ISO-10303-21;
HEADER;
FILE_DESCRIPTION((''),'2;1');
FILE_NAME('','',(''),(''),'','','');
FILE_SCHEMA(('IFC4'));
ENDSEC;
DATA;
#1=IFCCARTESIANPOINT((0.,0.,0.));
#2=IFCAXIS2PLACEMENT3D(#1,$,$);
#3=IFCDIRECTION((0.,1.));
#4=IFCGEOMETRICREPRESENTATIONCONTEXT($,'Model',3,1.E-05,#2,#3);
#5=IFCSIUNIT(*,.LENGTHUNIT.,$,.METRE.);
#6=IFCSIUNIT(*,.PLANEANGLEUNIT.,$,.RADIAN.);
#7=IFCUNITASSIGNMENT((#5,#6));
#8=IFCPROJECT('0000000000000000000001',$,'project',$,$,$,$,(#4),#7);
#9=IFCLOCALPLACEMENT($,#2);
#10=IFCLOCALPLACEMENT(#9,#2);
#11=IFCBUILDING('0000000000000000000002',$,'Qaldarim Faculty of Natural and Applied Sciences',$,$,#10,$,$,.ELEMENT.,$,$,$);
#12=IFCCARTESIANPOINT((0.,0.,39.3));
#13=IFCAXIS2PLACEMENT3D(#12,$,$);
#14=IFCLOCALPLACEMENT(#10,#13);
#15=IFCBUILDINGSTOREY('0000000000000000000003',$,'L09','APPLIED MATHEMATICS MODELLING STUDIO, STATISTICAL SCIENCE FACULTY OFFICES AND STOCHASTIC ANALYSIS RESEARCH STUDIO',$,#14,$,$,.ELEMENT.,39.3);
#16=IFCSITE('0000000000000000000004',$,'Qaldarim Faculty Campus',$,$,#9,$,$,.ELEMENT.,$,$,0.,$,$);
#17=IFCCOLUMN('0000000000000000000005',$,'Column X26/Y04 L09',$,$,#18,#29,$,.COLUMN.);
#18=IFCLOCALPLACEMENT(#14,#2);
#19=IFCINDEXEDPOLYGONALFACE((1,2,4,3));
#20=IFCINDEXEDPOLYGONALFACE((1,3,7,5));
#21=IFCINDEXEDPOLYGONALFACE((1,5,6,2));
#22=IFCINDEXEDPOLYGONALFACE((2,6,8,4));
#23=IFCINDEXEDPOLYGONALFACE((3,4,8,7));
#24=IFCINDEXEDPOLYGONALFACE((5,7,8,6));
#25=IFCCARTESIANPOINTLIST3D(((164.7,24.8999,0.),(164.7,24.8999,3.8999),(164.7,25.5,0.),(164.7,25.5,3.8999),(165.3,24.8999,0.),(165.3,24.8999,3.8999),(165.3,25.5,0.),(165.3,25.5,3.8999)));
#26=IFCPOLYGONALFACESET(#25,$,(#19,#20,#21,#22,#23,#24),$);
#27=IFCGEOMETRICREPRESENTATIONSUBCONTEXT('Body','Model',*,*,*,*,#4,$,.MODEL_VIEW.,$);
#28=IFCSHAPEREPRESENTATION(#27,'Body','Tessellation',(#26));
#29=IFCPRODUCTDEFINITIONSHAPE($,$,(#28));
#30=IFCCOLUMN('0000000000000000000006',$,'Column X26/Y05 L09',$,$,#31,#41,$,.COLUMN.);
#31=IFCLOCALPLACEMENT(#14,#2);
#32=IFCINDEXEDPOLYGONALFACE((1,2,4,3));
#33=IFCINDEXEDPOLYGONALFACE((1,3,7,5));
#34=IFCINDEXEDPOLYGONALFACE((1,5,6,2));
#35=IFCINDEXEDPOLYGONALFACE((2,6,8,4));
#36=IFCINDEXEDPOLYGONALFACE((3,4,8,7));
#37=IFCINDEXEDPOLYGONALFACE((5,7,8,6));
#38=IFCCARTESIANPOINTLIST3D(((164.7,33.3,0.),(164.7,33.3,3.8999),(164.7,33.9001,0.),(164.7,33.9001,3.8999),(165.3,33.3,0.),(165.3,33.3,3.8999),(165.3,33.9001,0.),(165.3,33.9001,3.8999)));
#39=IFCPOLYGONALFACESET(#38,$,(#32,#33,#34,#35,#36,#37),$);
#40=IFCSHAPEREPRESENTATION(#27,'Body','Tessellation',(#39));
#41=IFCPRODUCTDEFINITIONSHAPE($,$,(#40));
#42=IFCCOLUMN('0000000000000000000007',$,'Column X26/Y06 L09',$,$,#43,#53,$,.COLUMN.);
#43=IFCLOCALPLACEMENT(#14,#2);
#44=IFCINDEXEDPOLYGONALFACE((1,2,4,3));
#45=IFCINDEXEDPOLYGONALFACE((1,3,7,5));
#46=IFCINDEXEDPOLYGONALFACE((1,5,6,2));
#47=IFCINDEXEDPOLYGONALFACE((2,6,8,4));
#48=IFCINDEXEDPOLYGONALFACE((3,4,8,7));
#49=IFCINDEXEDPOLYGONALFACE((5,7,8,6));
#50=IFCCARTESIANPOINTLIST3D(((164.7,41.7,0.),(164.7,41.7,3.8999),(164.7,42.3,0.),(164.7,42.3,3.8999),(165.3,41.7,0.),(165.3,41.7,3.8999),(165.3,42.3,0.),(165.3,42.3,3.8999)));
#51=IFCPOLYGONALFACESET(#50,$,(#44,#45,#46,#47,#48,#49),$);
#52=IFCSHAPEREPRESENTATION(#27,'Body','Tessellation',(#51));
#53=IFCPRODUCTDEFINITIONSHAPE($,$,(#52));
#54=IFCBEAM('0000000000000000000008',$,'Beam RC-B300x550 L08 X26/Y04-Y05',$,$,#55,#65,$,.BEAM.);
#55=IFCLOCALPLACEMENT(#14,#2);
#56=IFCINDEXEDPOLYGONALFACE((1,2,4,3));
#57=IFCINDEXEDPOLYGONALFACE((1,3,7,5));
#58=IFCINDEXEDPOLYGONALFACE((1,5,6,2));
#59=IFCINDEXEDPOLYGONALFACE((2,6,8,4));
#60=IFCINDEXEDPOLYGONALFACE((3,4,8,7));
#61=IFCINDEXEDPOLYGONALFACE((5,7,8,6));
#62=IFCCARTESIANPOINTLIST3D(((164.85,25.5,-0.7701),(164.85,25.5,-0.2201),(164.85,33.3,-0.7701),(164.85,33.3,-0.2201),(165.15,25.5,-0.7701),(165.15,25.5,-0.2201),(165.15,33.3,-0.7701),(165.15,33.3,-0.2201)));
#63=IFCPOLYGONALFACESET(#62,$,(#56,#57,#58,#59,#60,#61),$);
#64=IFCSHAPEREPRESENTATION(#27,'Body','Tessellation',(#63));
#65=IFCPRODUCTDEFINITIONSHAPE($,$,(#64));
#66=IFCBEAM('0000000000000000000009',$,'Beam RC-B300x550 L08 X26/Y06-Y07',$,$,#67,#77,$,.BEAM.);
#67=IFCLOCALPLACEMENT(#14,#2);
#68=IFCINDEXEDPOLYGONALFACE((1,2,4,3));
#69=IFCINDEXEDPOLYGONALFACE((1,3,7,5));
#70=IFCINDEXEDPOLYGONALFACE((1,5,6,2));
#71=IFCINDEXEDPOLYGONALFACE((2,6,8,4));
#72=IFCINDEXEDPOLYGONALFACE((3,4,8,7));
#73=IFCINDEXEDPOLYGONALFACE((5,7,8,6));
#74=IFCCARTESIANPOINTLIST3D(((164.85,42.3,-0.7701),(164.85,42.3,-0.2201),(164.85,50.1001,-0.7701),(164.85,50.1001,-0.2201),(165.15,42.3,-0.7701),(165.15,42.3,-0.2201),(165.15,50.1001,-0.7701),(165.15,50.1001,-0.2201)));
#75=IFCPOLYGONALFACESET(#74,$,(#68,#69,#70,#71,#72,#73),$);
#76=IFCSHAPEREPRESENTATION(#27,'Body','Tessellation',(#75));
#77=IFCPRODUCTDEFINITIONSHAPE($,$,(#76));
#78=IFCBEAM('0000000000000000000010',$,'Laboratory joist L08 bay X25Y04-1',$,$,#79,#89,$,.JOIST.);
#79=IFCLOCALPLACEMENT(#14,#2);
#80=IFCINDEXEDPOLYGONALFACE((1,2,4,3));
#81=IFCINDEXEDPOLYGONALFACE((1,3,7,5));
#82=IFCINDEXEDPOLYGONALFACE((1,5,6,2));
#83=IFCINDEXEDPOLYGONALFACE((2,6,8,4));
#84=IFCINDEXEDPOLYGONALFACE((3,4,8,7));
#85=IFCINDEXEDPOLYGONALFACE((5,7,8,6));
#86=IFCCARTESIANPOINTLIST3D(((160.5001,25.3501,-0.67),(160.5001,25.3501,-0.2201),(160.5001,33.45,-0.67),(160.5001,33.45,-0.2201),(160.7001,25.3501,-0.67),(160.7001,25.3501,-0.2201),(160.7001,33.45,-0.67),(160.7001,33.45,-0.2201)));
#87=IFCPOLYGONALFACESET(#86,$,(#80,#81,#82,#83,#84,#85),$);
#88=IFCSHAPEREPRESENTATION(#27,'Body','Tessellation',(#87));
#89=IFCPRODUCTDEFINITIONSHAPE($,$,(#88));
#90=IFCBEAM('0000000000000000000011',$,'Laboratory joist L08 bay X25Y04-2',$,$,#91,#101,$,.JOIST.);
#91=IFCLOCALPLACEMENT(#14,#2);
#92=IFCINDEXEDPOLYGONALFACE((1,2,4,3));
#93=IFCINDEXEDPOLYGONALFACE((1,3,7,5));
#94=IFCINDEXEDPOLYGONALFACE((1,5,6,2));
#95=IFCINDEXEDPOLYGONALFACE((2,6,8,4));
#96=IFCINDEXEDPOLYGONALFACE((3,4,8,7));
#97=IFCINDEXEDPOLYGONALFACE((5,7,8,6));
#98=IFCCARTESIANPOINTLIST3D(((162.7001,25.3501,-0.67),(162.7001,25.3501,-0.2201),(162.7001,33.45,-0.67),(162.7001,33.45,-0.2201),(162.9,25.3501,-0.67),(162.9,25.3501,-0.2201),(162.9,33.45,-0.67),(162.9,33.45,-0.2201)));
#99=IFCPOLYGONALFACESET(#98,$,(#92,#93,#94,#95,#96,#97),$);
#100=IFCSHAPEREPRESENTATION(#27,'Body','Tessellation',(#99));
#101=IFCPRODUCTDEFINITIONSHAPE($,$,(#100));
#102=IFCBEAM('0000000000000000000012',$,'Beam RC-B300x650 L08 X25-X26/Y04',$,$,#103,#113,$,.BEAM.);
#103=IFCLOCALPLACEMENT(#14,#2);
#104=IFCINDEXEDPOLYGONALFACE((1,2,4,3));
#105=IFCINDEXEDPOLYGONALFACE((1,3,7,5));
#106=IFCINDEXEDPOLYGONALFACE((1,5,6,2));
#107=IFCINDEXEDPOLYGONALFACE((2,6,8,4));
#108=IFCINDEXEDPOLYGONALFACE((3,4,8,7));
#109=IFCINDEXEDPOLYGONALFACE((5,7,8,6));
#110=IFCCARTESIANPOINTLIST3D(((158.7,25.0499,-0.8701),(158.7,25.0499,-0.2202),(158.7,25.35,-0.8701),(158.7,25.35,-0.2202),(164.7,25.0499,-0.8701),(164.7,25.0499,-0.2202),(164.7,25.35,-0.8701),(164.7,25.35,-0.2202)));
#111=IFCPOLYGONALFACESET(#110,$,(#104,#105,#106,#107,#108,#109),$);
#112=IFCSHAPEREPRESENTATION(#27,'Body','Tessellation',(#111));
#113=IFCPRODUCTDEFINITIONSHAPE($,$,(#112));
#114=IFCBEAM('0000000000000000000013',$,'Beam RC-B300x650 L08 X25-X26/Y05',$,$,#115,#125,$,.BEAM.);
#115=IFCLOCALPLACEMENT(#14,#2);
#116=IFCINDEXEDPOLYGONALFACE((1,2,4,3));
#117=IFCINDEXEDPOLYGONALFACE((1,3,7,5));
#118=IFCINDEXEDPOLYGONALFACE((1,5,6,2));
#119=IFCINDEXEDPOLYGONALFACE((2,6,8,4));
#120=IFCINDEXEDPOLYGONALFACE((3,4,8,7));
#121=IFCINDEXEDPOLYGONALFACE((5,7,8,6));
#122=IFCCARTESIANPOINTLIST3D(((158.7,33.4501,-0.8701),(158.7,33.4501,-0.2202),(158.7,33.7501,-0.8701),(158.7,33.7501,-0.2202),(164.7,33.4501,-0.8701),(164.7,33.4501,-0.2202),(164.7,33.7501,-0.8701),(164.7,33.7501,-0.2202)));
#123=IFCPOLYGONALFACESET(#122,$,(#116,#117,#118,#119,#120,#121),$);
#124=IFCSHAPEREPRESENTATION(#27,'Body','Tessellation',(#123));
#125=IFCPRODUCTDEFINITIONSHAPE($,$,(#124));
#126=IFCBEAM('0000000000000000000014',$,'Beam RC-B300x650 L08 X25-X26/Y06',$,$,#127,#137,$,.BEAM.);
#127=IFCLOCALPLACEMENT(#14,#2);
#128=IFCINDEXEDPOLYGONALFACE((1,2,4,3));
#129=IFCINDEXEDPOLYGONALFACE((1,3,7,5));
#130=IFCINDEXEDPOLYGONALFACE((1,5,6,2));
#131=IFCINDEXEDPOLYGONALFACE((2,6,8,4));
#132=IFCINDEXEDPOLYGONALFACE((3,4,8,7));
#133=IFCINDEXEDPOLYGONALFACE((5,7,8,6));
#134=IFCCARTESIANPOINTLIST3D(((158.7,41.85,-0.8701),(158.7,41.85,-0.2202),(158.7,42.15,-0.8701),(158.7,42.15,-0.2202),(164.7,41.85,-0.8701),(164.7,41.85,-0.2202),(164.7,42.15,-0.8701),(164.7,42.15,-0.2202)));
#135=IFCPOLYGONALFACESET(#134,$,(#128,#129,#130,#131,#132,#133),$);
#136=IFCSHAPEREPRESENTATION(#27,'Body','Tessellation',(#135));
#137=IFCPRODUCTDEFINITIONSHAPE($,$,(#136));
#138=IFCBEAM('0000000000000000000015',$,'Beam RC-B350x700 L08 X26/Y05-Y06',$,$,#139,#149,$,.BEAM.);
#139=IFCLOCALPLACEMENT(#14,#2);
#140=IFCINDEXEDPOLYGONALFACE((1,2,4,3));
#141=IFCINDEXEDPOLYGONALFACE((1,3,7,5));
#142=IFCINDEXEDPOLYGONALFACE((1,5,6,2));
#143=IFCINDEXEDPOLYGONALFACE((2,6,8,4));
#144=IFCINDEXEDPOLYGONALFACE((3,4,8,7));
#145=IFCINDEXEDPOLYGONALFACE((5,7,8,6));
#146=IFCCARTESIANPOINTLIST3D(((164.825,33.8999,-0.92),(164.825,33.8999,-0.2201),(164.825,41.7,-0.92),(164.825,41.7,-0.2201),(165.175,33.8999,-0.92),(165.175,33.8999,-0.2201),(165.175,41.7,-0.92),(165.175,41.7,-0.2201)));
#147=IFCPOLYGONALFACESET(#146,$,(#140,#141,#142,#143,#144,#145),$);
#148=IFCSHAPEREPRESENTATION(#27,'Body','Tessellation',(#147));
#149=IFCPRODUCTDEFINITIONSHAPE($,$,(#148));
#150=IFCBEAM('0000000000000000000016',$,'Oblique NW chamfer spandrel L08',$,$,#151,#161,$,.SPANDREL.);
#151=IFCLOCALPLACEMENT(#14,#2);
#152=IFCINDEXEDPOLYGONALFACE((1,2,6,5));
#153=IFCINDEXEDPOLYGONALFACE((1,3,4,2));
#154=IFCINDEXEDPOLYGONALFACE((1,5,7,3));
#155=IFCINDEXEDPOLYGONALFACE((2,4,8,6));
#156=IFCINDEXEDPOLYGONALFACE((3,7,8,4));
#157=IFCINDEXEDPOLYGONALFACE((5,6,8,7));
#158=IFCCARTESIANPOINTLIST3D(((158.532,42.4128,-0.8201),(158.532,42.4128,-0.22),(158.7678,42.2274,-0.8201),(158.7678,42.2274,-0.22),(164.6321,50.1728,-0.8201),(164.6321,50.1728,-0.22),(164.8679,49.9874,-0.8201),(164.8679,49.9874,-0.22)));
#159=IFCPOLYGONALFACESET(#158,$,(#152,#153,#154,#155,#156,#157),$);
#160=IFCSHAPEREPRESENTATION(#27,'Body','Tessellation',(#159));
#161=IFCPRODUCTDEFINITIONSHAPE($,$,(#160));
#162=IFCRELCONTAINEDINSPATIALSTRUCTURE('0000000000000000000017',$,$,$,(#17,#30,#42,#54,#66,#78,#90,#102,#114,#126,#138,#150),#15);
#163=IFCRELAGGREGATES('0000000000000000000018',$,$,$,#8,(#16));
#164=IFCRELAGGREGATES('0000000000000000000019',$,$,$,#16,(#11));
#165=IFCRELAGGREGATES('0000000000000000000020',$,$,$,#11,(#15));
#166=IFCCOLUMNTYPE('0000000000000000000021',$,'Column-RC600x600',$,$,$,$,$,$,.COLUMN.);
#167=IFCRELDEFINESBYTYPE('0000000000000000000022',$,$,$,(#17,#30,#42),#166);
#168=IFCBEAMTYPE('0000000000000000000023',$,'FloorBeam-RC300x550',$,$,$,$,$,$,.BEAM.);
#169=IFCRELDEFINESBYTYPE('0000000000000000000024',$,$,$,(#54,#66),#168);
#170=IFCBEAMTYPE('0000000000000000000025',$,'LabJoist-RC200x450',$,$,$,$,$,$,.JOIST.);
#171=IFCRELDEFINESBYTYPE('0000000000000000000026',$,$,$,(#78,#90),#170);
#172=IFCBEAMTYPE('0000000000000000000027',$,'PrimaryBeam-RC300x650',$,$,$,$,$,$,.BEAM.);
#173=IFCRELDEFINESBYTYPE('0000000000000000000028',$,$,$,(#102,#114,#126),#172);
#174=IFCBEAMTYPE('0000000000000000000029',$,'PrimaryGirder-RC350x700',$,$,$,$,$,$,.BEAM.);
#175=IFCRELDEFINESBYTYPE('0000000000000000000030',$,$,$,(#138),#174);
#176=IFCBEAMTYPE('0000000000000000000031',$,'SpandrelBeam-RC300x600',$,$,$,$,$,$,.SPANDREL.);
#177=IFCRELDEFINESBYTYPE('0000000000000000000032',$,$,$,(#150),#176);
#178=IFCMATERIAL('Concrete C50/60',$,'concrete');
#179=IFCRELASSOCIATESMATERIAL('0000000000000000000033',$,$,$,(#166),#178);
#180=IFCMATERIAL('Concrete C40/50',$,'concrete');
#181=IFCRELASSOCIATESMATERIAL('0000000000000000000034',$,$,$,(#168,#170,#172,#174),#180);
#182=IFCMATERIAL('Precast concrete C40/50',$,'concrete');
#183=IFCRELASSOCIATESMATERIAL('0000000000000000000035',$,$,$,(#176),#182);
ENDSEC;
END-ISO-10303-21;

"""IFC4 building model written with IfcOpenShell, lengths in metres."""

from ifc_helpers import new_model, si_unit, direction, frame, origin, origin_2d, place, context, subcontext, project, spatial, rectangle, extrude, material, material_profile, profile_set, type_object, element, save


model = new_model("IFC4")

# Units and contexts
model_context = context("Model", 3, precision=1e-05, world=origin(), true_north=direction((0.0, 1.0)))
body_context = subcontext(model_context, "Body", "Model", "MODEL_VIEW")
ifc_project = project(units=[si_unit("LENGTHUNIT", "METRE"), si_unit("PLANEANGLEUNIT", "RADIAN")], contexts=[model_context])

# Site, building, storey
site_placement = place(None, origin())
site = spatial("IfcSite", under=ifc_project, at=site_placement, Name="Qaldarim Faculty Campus", CompositionType="ELEMENT", RefElevation=0.0)
building_placement = place(site_placement, origin())
building = spatial("IfcBuilding", under=site, at=building_placement, Name="Qaldarim Faculty of Natural and Applied Sciences", CompositionType="ELEMENT")
storey_placement = place(building_placement, frame((0.0, 0.0, 39.3)))
storey = spatial("IfcBuildingStorey", under=building, at=storey_placement, Name="L09", Description="APPLIED MATHEMATICS MODELLING STUDIO, STATISTICAL SCIENCE FACULTY OFFICES AND STOCHASTIC ANALYSIS RESEARCH STUDIO", CompositionType="ELEMENT", Elevation=39.3)

# Columns
ifc_material_1 = material(Name="Concrete C50/60", Category="concrete")
ifc_material_profile_1 = material_profile(ifc_material_1, rectangle(XDim=0.6001, YDim=0.6001, at=origin_2d()), Name="RC-C600x600")
ifc_profile_set_1 = profile_set([ifc_material_profile_1], Name="Concrete C50/60")
column_type = type_object("IfcColumnType", Name="Column-RC600x600", PredefinedType="COLUMN", material=ifc_profile_set_1)
for number, where, z_axis, x_axis, name in (
    (1, (165.0, 25.2, 0.0), (0.0, 0.0, 1.0), (1.0, 0.0, 0.0), "Column X26/Y04 L09"),
    (2, (165.0, 33.6001, 0.0), (0.0, 0.0, 1.0), (1.0, 0.0, 0.0), "Column X26/Y05 L09"),
    (3, (165.0, 42.0, 0.0), (0.0, 0.0, 1.0), (1.0, 0.0, 0.0), "Column X26/Y06 L09"),
):
    element("IfcColumn", number, at=place(storey_placement, frame(where, z_axis=z_axis, x_axis=x_axis)), inside=storey, type_object=column_type, Name=name, PredefinedType="COLUMN", context=body_context, shape_type="SweptSolid", body=[
        extrude(rectangle(XDim=0.6001, YDim=0.6001, at=origin_2d()), origin(), (0.0, 0.0, 1.0), 3.8999),
    ])

# Beams
ifc_material_2 = material(Name="Concrete C40/50", Category="concrete")
ifc_material_profile_2 = material_profile(ifc_material_2, rectangle(XDim=0.3, YDim=0.55, at=origin_2d()), Name="RC-B300x550")
ifc_profile_set_2 = profile_set([ifc_material_profile_2], Name="Concrete C40/50")
beam_type_1 = type_object("IfcBeamType", Name="FloorBeam-RC300x550", PredefinedType="BEAM", material=ifc_profile_set_2)
for number, where, z_axis, x_axis, name in (
    (4, (165.0, 25.5, -0.4951), (0.0, 1.0, 0.0), (-1.0, 0.0, 0.0), "Beam RC-B300x550 L08 X26/Y04-Y05"),
    (5, (165.0, 42.3, -0.4951), (0.0, 1.0, 0.0), (-1.0, 0.0, 0.0), "Beam RC-B300x550 L08 X26/Y06-Y07"),
):
    element("IfcBeam", number, at=place(storey_placement, frame(where, z_axis=z_axis, x_axis=x_axis)), inside=storey, type_object=beam_type_1, Name=name, PredefinedType="BEAM", context=body_context, shape_type="SweptSolid", body=[
        extrude(rectangle(XDim=0.3, YDim=0.55, at=origin_2d()), origin(), (0.0, 0.0, 1.0), 7.8),
    ])
ifc_material_profile_3 = material_profile(ifc_material_2, rectangle(XDim=0.2, YDim=0.45, at=origin_2d()), Name="RC-J200x450")
ifc_profile_set_3 = profile_set([ifc_material_profile_3], Name="Concrete C40/50")
beam_type_2 = type_object("IfcBeamType", Name="LabJoist-RC200x450", PredefinedType="JOIST", material=ifc_profile_set_3)
for number, where, z_axis, x_axis, name in (
    (6, (160.6001, 25.3501, -0.4451), (0.0, 1.0, 0.0), (-1.0, 0.0, 0.0), "Laboratory joist L08 bay X25Y04-1"),
    (7, (162.8, 25.3501, -0.4451), (0.0, 1.0, 0.0), (-1.0, 0.0, 0.0), "Laboratory joist L08 bay X25Y04-2"),
):
    element("IfcBeam", number, at=place(storey_placement, frame(where, z_axis=z_axis, x_axis=x_axis)), inside=storey, type_object=beam_type_2, Name=name, PredefinedType="JOIST", context=body_context, shape_type="SweptSolid", body=[
        extrude(rectangle(XDim=0.2, YDim=0.45, at=origin_2d()), origin(), (0.0, 0.0, 1.0), 8.0999),
    ])
ifc_material_profile_4 = material_profile(ifc_material_2, rectangle(XDim=0.3, YDim=0.6499, at=origin_2d()), Name="RC-B300x650")
ifc_profile_set_4 = profile_set([ifc_material_profile_4], Name="Concrete C40/50")
beam_type_3 = type_object("IfcBeamType", Name="PrimaryBeam-RC300x650", PredefinedType="BEAM", material=ifc_profile_set_4)
for number, where, z_axis, x_axis, name in (
    (8, (158.7, 25.2, -0.5452), (1.0, 0.0, 0.0), (0.0, 1.0, 0.0), "Beam RC-B300x650 L08 X25-X26/Y04"),
    (9, (158.7, 33.6001, -0.5452), (1.0, 0.0, 0.0), (0.0, 1.0, 0.0), "Beam RC-B300x650 L08 X25-X26/Y05"),
    (10, (158.7, 42.0, -0.5452), (1.0, 0.0, 0.0), (0.0, 1.0, 0.0), "Beam RC-B300x650 L08 X25-X26/Y06"),
):
    element("IfcBeam", number, at=place(storey_placement, frame(where, z_axis=z_axis, x_axis=x_axis)), inside=storey, type_object=beam_type_3, Name=name, PredefinedType="BEAM", context=body_context, shape_type="SweptSolid", body=[
        extrude(rectangle(XDim=0.3, YDim=0.6499, at=origin_2d()), origin(), (0.0, 0.0, 1.0), 6.0),
    ])
ifc_material_profile_5 = material_profile(ifc_material_2, rectangle(XDim=0.3501, YDim=0.7, at=origin_2d()), Name="RC-B350x700")
ifc_profile_set_5 = profile_set([ifc_material_profile_5], Name="Concrete C40/50")
beam_type_4 = type_object("IfcBeamType", Name="PrimaryGirder-RC350x700", PredefinedType="BEAM", material=ifc_profile_set_5)
beam_1_placement = place(storey_placement, frame((165.0, 33.8999, -0.5701), z_axis=(0.0, 1.0, 0.0), x_axis=(-1.0, 0.0, 0.0)))
element("IfcBeam", 11, at=beam_1_placement, inside=storey, type_object=beam_type_4, Name="Beam RC-B350x700 L08 X26/Y05-Y06", PredefinedType="BEAM", context=body_context, shape_type="SweptSolid", body=[
    extrude(rectangle(XDim=0.3501, YDim=0.7, at=origin_2d()), origin(), (0.0, 0.0, 1.0), 7.8),
])
ifc_material_3 = material(Name="Precast concrete C40/50", Category="concrete")
ifc_material_profile_6 = material_profile(ifc_material_3, rectangle(XDim=0.3, YDim=0.6001, at=origin_2d()), Name="RC-SP300x600")
ifc_profile_set_6 = profile_set([ifc_material_profile_6], Name="Precast concrete C40/50")
beam_type_5 = type_object("IfcBeamType", Name="SpandrelBeam-RC300x600", PredefinedType="SPANDREL", material=ifc_profile_set_6)
beam_2_placement = place(storey_placement, frame((158.6499, 42.3201, -0.52), z_axis=(0.618006, 0.786173, 0.0), x_axis=(-0.786173, 0.618006, 0.0)))
element("IfcBeam", 12, at=beam_2_placement, inside=storey, type_object=beam_type_5, Name="Oblique NW chamfer spandrel L08", PredefinedType="SPANDREL", context=body_context, shape_type="SweptSolid", body=[
    extrude(rectangle(XDim=0.3, YDim=0.6001, at=origin_2d()), origin(), (0.0, 0.0, 1.0), 9.8706),
])

save(model, "model.ifc")
